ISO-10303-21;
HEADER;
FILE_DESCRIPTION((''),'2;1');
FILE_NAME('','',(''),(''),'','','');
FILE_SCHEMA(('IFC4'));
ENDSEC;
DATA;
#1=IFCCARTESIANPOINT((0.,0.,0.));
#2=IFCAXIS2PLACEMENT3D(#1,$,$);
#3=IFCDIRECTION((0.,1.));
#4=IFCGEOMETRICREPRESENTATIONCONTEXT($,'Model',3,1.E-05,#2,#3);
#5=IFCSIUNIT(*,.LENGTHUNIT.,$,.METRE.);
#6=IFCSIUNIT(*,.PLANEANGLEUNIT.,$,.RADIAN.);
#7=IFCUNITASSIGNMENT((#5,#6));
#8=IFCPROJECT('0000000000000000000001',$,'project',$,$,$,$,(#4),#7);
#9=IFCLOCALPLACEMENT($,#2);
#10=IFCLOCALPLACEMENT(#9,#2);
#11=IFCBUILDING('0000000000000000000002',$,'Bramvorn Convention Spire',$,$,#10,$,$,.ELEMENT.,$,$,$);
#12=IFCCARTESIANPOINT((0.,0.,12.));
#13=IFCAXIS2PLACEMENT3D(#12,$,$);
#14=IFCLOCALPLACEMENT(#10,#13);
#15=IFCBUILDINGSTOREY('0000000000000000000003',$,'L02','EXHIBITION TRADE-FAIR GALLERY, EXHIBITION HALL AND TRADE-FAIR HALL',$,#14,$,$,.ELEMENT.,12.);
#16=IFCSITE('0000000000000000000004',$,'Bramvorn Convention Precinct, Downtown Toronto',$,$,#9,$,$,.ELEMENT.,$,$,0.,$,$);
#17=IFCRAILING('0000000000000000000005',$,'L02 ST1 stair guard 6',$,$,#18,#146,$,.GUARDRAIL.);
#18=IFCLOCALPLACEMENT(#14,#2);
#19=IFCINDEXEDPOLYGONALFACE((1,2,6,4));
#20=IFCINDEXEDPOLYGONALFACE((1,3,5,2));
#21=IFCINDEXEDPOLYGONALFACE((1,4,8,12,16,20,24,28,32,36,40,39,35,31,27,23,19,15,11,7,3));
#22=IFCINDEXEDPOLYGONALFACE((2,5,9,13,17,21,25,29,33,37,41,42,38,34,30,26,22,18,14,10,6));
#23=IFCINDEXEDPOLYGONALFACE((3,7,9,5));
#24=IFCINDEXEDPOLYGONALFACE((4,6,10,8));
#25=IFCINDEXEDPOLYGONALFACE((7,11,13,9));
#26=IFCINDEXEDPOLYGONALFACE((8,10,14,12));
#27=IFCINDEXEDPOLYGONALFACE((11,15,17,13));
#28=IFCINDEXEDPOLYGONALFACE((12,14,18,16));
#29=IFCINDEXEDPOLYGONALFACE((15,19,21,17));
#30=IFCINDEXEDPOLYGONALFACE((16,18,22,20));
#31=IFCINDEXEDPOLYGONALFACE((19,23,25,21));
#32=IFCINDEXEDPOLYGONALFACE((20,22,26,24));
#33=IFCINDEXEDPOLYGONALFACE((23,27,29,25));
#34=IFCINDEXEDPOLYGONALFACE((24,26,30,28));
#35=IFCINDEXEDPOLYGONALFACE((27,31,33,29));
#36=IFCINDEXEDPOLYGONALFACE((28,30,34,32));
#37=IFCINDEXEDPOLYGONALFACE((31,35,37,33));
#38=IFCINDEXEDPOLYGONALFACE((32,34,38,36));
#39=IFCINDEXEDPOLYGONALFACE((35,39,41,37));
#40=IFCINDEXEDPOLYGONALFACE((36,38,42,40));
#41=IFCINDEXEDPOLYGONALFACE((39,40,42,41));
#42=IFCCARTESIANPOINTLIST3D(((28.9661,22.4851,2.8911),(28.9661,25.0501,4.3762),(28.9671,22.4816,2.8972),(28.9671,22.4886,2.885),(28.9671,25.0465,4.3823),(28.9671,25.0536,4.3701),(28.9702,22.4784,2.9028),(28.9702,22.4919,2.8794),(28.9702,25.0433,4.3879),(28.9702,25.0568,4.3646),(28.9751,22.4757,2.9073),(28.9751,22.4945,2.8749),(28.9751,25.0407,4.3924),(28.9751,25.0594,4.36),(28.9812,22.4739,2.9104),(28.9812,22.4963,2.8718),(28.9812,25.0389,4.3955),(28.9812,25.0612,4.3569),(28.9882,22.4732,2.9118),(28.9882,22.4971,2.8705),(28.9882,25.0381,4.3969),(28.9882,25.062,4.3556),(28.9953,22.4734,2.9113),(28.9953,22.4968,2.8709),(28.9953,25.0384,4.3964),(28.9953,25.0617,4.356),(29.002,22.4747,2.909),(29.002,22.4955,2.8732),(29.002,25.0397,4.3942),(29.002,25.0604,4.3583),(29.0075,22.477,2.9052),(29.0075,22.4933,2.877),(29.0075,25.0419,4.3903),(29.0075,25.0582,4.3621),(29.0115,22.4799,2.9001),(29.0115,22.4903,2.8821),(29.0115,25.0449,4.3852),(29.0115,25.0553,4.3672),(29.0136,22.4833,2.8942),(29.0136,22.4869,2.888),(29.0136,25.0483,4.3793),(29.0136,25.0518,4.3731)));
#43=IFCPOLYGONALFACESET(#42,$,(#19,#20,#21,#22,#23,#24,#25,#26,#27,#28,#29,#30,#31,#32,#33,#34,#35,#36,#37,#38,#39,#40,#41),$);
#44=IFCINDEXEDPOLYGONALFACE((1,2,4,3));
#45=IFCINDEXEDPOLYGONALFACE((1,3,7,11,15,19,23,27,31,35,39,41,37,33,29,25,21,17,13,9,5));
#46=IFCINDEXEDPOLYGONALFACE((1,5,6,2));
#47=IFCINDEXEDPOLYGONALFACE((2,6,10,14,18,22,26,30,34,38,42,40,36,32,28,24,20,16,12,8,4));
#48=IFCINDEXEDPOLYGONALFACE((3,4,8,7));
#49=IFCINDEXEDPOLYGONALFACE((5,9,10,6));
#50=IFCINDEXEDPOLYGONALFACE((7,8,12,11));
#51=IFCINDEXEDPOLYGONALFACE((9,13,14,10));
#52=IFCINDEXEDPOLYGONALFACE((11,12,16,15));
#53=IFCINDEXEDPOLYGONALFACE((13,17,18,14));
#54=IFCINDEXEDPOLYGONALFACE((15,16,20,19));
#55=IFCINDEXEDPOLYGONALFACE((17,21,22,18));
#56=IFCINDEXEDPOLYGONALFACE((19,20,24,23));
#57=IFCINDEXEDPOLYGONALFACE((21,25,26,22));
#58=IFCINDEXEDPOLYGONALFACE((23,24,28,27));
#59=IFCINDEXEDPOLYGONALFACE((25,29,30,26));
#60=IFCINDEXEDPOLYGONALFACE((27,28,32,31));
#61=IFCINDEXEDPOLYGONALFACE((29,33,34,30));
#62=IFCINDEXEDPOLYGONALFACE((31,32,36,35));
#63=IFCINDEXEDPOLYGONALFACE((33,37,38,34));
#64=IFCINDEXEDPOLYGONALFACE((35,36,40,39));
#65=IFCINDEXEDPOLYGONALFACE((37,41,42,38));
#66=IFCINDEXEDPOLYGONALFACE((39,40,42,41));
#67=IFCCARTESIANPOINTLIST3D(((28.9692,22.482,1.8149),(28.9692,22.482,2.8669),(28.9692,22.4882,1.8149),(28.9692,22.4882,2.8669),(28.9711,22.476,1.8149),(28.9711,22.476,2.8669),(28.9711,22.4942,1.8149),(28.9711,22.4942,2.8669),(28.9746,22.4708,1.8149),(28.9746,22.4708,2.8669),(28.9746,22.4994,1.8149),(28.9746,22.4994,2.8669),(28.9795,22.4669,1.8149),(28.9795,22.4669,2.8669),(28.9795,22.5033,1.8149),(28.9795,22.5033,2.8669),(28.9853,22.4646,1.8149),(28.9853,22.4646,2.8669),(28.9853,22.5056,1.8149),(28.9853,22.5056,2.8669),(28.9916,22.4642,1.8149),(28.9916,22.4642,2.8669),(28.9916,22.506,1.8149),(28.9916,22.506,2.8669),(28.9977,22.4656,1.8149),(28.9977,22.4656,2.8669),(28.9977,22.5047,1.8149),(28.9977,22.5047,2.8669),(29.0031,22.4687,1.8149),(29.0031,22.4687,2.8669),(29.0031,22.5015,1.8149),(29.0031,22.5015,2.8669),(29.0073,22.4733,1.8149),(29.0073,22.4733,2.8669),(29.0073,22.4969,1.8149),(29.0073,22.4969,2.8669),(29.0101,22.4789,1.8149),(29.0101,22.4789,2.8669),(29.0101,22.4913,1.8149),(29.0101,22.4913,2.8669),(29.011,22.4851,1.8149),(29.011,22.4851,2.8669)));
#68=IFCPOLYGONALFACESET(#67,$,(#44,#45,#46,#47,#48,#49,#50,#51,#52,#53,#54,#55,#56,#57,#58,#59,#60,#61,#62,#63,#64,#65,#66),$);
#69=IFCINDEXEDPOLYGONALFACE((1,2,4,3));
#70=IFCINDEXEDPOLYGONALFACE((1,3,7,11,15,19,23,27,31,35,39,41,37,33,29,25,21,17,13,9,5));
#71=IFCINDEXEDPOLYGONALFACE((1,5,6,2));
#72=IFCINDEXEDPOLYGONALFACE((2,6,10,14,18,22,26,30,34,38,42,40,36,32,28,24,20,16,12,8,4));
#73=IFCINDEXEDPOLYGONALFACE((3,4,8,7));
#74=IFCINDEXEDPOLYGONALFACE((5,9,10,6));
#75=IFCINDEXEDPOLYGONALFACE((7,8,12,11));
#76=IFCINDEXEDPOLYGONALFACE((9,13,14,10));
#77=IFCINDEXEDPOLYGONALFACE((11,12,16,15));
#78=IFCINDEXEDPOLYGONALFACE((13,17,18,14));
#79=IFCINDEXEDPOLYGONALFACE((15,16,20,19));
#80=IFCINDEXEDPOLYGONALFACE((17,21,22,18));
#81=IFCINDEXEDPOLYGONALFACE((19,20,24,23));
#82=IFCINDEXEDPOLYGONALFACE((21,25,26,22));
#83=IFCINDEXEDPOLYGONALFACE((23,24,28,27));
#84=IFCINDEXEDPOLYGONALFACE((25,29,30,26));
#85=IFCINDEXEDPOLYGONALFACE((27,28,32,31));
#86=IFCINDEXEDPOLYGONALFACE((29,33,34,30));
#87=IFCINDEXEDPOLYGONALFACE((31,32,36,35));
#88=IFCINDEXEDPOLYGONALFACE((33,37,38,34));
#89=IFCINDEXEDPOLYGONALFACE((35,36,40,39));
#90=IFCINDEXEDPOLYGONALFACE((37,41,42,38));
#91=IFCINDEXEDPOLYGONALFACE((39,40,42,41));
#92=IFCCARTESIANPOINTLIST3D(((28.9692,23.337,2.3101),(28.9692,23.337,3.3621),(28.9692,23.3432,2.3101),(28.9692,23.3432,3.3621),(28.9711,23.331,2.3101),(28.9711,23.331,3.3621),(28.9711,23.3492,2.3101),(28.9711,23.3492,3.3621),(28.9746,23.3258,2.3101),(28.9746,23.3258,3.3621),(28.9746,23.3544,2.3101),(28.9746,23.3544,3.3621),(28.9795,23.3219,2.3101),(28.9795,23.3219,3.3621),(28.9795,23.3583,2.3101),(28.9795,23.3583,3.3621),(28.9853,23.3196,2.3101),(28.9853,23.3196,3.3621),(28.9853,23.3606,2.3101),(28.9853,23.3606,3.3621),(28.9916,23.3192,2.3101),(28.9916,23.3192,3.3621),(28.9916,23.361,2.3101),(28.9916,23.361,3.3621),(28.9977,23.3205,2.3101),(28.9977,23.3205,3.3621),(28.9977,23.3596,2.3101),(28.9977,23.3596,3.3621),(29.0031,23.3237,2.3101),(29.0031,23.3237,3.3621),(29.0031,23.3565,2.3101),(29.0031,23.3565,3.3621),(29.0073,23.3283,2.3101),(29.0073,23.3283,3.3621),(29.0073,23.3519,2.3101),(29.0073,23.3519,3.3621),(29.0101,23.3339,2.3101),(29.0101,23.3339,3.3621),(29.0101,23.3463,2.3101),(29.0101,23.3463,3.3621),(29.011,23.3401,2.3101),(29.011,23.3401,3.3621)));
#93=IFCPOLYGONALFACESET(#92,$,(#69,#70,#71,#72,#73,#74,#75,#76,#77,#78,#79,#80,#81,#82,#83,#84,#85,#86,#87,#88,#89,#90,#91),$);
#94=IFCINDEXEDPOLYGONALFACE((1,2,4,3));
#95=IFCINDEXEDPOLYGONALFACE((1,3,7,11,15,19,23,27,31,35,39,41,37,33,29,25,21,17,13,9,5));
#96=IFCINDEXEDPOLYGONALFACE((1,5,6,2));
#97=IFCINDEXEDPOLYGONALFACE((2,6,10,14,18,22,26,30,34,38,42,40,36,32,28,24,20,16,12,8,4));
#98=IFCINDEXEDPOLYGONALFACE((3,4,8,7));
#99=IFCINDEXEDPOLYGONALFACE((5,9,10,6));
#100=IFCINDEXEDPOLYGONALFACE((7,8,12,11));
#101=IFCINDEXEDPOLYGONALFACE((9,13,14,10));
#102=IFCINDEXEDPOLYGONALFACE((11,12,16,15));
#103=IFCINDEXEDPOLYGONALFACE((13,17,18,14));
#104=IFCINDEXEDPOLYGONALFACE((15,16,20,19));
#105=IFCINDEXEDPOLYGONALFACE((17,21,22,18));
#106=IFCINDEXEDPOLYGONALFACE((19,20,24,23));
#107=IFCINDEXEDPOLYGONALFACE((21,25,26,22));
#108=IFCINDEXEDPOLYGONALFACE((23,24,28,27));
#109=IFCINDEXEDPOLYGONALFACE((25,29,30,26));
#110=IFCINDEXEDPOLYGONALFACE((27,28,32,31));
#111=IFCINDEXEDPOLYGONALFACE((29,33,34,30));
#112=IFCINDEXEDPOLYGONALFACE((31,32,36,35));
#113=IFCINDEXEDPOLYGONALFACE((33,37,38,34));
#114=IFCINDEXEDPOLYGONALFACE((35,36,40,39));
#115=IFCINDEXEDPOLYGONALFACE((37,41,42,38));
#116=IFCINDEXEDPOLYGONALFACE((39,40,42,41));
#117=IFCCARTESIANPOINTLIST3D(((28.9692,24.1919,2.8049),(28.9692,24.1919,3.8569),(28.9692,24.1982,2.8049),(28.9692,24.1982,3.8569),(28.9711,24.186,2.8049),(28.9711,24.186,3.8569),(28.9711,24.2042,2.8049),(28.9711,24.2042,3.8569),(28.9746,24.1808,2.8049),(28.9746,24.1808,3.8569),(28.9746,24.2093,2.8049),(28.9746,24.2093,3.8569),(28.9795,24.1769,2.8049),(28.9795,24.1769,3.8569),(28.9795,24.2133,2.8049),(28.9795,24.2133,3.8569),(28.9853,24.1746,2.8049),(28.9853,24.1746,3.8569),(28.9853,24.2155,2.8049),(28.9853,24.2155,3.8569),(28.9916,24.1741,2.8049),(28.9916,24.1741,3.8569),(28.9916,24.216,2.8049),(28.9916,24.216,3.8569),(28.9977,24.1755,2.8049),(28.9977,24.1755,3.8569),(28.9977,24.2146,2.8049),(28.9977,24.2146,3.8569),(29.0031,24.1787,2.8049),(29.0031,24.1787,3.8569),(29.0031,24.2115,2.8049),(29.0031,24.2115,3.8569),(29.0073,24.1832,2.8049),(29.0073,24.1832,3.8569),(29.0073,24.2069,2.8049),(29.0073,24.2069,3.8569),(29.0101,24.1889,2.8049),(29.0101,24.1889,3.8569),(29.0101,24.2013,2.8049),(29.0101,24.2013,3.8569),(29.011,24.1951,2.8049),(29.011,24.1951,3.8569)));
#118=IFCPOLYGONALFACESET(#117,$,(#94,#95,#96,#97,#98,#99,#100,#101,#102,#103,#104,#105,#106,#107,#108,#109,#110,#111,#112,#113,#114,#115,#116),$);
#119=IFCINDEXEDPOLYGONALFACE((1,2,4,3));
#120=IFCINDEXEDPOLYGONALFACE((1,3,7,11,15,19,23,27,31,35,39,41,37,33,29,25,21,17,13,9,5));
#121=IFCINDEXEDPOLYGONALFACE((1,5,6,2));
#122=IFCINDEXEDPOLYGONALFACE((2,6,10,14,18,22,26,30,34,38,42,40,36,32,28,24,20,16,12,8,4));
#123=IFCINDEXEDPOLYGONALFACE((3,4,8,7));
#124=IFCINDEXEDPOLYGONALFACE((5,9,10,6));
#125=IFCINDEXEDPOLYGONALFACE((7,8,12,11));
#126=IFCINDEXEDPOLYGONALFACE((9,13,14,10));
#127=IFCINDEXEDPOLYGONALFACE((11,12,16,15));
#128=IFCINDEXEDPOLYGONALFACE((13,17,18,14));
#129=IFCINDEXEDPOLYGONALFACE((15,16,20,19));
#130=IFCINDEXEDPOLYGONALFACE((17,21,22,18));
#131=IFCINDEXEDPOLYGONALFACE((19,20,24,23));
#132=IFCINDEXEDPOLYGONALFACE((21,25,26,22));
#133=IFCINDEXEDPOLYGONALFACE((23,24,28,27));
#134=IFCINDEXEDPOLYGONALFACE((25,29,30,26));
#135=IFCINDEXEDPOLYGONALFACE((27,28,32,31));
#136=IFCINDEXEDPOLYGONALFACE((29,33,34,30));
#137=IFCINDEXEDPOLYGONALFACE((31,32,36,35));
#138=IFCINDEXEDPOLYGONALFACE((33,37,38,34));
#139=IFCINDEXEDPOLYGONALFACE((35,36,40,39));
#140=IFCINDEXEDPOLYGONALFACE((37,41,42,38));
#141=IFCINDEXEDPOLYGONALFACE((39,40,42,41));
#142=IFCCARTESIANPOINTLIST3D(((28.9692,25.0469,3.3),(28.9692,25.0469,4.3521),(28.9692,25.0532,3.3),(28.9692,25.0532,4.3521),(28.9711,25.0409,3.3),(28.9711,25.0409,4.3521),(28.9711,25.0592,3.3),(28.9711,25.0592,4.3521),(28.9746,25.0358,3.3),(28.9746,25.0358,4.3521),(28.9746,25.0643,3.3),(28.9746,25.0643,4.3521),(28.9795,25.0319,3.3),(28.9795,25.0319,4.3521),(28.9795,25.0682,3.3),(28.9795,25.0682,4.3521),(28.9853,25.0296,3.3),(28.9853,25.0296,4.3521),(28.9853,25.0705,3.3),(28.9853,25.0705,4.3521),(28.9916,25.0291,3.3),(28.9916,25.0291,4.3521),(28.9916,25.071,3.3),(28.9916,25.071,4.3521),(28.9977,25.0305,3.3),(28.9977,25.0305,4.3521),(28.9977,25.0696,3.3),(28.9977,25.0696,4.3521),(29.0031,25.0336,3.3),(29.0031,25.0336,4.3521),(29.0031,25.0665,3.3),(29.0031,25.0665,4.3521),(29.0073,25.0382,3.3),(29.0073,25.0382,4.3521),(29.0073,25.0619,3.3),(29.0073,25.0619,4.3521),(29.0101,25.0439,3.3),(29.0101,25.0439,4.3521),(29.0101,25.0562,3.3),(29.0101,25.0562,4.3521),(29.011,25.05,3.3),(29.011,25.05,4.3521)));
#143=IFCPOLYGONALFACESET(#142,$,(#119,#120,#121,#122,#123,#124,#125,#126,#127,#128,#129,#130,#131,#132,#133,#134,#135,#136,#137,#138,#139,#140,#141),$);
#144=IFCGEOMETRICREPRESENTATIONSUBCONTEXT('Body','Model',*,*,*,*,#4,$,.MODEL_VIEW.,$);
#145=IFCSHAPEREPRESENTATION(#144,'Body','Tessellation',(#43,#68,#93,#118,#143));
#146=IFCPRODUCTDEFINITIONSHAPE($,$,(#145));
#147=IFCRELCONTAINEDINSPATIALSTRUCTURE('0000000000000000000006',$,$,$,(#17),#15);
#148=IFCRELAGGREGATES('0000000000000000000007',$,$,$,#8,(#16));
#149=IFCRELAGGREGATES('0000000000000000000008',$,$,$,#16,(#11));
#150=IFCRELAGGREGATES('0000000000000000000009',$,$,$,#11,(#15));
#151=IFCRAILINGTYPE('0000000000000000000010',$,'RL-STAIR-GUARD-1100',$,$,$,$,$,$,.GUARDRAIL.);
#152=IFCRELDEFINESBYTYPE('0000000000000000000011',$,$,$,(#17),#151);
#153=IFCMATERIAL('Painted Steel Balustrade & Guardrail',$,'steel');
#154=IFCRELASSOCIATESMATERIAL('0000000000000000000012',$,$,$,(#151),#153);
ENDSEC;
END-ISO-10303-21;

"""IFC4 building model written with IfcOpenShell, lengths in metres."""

from ifc_helpers import new_model, si_unit, direction, frame, origin, origin_2d, place, context, subcontext, project, spatial, circle, extrude, material, type_object, element, save


model = new_model("IFC4")

# Units and contexts
model_context = context("Model", 3, precision=1e-05, world=origin(), true_north=direction((0.0, 1.0)))
body_context = subcontext(model_context, "Body", "Model", "MODEL_VIEW")
ifc_project = project(units=[si_unit("LENGTHUNIT", "METRE"), si_unit("PLANEANGLEUNIT", "RADIAN")], contexts=[model_context])

# Site, building, storey
site_placement = place(None, origin())
site = spatial("IfcSite", under=ifc_project, at=site_placement, Name="Bramvorn Convention Precinct, Downtown Toronto", CompositionType="ELEMENT", RefElevation=0.0)
building_placement = place(site_placement, origin())
building = spatial("IfcBuilding", under=site, at=building_placement, Name="Bramvorn Convention Spire", CompositionType="ELEMENT")
storey_placement = place(building_placement, frame((0.0, 0.0, 12.0)))
storey = spatial("IfcBuildingStorey", under=building, at=storey_placement, Name="L02", Description="EXHIBITION TRADE-FAIR GALLERY, EXHIBITION HALL AND TRADE-FAIR HALL", CompositionType="ELEMENT", Elevation=12.0)

# Railing
ifc_material_1 = material(Name="Painted Steel Balustrade & Guardrail", Category="steel")
railing_type = type_object("IfcRailingType", Name="RL-STAIR-GUARD-1100", PredefinedType="GUARDRAIL", material=ifc_material_1)
railing_1_placement = place(storey_placement, frame((28.99, 22.4851, 1.8149)))
element("IfcRailing", 1, at=railing_1_placement, inside=storey, type_object=railing_type, Name="L02 ST1 stair guard 6", PredefinedType="GUARDRAIL", context=body_context, shape_type="SweptSolid", body=[
    extrude(circle(Radius=0.0239, at=origin_2d()), frame((0.0, 0.0, 1.0762), z_axis=(0.0, 0.865406, 0.501072), x_axis=(-1.0, 0.0, 0.0)), (0.0, 0.0, 1.0), 2.9639),
    extrude(circle(Radius=0.021, at=origin_2d()), origin(), (0.0, 0.0, 1.0), 1.052),
    extrude(circle(Radius=0.021, at=origin_2d()), frame((0.0, 0.855, 0.4951)), (0.0, 0.0, 1.0), 1.052),
    extrude(circle(Radius=0.021, at=origin_2d()), frame((0.0, 1.71, 0.99)), (0.0, 0.0, 1.0), 1.052),
    extrude(circle(Radius=0.021, at=origin_2d()), frame((0.0, 2.5649, 1.4851)), (0.0, 0.0, 1.0), 1.052),
])

save(model, "model.ifc")
